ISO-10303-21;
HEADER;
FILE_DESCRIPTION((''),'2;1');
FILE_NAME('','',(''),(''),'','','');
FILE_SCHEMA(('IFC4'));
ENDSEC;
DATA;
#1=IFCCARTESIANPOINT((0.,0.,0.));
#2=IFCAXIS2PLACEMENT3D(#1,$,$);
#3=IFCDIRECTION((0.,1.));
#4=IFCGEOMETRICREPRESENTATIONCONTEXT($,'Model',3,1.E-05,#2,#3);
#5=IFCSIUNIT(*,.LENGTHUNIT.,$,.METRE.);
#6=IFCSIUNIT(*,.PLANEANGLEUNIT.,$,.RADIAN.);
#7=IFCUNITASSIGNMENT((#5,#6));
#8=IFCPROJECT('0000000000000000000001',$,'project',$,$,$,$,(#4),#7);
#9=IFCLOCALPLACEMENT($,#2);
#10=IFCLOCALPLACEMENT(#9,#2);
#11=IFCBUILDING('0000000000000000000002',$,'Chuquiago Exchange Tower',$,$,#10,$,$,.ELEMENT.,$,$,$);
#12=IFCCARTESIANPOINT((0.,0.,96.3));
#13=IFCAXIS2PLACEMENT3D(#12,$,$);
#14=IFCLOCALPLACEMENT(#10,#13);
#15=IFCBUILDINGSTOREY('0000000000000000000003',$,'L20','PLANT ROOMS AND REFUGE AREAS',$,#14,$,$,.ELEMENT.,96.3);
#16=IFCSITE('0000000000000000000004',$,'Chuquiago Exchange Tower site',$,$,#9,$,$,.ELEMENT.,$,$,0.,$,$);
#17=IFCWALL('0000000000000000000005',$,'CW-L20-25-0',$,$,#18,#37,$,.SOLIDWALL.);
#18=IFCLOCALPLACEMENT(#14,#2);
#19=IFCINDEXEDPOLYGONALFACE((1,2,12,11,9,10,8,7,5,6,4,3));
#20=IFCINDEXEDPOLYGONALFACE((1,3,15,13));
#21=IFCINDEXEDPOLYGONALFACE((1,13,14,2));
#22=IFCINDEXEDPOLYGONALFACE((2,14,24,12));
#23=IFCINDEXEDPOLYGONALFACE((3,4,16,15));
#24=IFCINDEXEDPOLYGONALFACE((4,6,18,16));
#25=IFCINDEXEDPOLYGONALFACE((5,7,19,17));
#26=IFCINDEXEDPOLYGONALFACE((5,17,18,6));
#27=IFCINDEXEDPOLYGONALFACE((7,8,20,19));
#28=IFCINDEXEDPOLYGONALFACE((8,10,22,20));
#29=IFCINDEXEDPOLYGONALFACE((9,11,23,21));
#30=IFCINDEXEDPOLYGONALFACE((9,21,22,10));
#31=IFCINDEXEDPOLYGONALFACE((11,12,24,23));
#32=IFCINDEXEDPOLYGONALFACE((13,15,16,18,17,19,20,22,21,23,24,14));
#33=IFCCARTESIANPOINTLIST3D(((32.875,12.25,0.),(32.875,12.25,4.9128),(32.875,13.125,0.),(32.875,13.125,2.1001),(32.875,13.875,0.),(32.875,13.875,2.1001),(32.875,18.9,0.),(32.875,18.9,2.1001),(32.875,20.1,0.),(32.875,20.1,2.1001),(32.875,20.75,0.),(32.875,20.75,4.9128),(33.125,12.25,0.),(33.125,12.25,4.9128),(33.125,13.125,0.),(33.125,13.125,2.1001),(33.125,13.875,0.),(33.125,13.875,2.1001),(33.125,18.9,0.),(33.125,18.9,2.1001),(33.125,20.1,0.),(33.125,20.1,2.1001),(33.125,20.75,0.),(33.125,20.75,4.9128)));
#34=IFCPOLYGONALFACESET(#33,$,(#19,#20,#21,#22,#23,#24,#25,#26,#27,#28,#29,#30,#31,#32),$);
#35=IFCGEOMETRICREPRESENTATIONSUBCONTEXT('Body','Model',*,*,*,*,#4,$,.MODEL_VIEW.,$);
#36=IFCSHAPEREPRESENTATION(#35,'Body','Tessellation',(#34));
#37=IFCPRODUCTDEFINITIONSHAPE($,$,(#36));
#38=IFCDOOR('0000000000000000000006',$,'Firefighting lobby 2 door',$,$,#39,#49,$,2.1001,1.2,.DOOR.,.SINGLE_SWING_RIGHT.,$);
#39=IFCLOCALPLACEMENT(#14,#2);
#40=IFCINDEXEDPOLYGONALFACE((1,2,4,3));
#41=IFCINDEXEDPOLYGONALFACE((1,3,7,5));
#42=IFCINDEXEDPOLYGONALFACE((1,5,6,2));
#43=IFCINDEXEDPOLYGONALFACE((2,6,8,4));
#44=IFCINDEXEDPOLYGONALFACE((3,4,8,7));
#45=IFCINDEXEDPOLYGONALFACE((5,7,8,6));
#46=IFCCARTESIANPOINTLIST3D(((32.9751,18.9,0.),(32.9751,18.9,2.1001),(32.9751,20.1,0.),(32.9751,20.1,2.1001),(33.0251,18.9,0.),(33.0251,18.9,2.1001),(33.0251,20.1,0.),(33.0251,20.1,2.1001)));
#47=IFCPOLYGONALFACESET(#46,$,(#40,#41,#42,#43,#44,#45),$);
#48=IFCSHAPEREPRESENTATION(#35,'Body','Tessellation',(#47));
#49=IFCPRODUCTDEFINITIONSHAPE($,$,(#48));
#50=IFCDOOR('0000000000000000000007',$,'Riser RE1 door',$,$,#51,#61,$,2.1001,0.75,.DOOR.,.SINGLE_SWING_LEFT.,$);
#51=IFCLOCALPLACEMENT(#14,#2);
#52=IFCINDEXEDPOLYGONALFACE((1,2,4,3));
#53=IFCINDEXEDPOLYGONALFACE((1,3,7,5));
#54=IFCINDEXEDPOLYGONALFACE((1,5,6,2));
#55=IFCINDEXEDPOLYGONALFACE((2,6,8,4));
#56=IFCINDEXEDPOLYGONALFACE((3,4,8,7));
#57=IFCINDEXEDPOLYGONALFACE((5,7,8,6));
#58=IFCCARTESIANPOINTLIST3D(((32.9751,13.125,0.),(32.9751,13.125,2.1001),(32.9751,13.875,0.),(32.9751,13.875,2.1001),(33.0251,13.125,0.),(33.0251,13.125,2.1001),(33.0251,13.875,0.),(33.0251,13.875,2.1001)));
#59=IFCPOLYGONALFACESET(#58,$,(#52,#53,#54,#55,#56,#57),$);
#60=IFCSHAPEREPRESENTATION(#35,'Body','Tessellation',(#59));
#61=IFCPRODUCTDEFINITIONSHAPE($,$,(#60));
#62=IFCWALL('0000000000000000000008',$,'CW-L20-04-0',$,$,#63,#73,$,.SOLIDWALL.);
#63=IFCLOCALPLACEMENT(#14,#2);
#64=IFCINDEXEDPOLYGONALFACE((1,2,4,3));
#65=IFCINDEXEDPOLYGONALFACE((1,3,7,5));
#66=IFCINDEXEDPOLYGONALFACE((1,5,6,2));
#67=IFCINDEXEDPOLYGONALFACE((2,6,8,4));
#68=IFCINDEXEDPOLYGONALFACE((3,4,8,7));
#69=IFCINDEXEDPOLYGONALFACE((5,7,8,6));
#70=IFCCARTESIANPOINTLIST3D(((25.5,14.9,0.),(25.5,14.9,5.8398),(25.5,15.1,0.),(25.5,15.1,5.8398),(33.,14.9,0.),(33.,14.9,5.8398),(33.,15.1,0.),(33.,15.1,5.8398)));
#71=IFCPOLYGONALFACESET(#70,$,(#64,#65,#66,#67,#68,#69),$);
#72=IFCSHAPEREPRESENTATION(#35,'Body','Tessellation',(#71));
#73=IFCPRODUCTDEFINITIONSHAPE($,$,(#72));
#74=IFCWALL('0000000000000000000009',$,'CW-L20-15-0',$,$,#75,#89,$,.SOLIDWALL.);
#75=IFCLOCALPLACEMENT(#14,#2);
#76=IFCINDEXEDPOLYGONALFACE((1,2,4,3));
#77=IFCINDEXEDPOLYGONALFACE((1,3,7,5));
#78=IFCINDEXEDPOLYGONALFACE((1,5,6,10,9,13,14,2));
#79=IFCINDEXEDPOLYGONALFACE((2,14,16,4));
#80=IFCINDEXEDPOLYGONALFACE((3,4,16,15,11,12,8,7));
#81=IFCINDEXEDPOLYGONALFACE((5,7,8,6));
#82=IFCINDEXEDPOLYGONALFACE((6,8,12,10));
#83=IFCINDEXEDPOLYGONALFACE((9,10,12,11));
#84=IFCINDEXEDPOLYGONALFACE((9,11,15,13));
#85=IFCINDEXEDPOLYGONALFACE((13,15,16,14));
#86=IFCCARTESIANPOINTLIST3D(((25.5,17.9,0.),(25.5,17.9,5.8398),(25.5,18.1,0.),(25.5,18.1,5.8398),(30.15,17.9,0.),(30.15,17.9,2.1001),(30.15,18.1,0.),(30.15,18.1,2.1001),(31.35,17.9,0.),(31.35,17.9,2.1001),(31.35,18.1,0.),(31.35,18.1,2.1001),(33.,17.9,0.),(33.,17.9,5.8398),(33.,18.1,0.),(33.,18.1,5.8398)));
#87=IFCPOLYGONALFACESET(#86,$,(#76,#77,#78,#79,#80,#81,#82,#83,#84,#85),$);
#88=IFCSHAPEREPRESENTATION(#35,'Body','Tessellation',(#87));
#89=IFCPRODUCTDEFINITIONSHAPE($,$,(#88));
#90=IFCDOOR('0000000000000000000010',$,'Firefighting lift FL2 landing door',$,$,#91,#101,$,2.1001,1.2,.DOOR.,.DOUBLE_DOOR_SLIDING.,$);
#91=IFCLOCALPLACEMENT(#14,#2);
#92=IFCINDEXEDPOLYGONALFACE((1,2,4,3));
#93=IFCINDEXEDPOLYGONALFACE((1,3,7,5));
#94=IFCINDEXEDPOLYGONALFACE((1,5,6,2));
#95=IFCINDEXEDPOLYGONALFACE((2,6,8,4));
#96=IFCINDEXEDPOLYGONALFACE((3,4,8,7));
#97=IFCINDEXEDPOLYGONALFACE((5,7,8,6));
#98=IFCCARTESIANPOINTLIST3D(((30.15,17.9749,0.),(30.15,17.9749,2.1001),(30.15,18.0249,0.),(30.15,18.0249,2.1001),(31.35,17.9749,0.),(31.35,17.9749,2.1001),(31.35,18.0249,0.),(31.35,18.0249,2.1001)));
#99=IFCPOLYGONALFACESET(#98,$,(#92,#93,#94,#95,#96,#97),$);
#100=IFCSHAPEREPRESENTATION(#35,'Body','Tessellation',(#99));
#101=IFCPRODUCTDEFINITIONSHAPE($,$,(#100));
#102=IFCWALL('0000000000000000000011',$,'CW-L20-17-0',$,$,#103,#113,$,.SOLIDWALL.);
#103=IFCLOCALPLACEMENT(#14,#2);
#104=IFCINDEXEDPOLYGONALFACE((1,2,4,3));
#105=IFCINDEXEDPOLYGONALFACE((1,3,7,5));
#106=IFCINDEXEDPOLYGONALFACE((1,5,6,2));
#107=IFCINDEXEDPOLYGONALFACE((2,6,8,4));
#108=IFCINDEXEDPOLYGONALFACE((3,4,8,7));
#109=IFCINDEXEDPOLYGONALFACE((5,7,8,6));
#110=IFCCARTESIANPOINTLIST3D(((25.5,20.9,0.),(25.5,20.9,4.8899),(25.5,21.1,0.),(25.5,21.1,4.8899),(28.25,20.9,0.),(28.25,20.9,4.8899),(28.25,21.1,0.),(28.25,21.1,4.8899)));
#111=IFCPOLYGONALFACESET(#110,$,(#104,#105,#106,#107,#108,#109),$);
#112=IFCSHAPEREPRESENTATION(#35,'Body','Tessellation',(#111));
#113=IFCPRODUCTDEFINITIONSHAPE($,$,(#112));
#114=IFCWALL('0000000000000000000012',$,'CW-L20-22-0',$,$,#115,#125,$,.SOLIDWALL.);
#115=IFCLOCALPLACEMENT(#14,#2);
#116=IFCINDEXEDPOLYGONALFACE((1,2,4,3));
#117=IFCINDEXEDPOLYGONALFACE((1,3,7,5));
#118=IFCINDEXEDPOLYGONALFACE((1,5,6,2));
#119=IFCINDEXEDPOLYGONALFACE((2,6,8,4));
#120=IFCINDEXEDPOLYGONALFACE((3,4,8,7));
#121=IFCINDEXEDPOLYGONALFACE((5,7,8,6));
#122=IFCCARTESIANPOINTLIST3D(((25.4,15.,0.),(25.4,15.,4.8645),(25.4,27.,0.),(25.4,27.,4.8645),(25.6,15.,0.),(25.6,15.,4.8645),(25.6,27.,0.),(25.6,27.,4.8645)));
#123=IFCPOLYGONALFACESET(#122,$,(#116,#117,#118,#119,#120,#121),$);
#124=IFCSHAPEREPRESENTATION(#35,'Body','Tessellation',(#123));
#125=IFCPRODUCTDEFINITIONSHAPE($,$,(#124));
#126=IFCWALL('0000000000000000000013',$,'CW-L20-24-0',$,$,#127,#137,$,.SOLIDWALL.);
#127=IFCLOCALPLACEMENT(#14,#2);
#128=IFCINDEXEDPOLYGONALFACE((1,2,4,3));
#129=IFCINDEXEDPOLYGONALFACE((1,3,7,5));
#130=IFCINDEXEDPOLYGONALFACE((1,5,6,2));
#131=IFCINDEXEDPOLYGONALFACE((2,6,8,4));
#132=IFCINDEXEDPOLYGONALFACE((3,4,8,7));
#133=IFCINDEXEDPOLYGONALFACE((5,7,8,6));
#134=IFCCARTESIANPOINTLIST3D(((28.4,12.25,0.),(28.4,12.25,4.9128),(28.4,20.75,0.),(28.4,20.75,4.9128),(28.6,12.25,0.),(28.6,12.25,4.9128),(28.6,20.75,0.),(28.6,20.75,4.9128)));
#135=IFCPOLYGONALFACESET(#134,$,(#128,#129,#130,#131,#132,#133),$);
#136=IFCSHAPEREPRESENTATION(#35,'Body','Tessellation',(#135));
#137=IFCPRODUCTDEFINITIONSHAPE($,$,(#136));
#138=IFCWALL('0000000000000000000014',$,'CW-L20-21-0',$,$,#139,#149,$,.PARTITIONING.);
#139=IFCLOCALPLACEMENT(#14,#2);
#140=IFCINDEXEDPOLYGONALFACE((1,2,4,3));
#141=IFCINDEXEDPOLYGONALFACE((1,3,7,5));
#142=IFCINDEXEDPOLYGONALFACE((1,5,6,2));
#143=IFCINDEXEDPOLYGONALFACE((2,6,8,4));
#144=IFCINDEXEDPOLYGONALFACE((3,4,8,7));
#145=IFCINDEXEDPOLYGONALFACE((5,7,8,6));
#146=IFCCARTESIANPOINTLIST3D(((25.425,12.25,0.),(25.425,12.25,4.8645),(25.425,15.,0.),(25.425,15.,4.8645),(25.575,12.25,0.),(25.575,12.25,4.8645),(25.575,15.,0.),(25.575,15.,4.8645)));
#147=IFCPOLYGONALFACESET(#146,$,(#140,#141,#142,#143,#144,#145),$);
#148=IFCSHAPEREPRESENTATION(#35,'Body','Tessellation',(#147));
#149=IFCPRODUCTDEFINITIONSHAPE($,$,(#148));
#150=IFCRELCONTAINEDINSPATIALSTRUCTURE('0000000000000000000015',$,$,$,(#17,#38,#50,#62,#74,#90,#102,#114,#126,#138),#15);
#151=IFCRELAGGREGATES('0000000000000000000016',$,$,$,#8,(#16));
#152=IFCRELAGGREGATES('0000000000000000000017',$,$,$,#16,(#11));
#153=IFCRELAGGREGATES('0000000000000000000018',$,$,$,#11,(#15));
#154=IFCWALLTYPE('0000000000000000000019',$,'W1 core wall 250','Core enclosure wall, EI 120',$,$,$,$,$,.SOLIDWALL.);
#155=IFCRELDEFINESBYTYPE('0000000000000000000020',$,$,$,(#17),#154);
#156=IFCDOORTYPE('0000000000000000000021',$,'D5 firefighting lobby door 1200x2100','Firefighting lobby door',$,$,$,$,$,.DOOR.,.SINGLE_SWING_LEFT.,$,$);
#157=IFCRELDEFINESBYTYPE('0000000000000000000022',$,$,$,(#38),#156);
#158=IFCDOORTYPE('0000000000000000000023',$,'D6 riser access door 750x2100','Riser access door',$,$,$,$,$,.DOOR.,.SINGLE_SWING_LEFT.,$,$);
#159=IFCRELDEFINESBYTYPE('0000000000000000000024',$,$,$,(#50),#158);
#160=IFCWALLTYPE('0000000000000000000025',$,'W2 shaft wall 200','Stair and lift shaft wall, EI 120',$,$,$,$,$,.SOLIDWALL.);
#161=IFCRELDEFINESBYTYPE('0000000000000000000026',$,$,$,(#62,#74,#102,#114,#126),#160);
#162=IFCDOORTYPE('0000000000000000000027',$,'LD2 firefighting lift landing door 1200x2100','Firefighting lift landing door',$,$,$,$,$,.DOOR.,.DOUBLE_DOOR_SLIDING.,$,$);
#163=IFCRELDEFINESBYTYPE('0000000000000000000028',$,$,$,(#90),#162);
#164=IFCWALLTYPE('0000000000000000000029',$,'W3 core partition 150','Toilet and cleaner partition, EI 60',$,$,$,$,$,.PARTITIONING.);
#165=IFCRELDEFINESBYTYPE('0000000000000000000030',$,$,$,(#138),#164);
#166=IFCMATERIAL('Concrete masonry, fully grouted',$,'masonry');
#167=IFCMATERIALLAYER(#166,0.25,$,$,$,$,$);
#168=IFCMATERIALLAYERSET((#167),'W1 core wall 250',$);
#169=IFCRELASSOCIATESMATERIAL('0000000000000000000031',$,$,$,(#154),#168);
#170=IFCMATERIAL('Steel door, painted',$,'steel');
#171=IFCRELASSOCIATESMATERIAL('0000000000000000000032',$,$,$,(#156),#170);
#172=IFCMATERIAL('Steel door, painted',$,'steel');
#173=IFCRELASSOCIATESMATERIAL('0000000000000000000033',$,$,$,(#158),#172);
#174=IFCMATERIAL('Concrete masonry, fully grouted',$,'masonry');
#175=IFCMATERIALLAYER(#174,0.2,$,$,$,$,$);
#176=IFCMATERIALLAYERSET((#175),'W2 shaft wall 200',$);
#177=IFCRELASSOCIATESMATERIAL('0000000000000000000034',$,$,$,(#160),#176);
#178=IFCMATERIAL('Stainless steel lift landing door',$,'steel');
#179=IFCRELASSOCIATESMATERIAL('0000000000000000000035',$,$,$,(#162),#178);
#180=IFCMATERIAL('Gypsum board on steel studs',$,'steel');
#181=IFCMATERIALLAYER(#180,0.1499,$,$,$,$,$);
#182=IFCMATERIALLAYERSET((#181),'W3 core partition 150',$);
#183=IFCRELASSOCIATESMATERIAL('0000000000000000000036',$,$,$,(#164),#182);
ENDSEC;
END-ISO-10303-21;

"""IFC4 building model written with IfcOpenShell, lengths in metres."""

from ifc_helpers import new_model, si_unit, direction, frame, frame_2d, origin, place, context, subcontext, project, spatial, rectangle, extrude, material, layer, layer_set, type_object, element, fill, save


model = new_model("IFC4")

# Units and contexts
model_context = context("Model", 3, precision=1e-05, world=origin(), true_north=direction((0.0, 1.0)))
body_context = subcontext(model_context, "Body", "Model", "MODEL_VIEW")
ifc_project = project(units=[si_unit("LENGTHUNIT", "METRE"), si_unit("PLANEANGLEUNIT", "RADIAN")], contexts=[model_context])

# Site, building, storey
site_placement = place(None, origin())
site = spatial("IfcSite", under=ifc_project, at=site_placement, Name="Chuquiago Exchange Tower site", CompositionType="ELEMENT", RefElevation=0.0)
building_placement = place(site_placement, origin())
building = spatial("IfcBuilding", under=site, at=building_placement, Name="Chuquiago Exchange Tower", CompositionType="ELEMENT")
storey_placement = place(building_placement, frame((0.0, 0.0, 96.3)))
storey = spatial("IfcBuildingStorey", under=building, at=storey_placement, Name="L20", Description="PLANT ROOMS AND REFUGE AREAS", CompositionType="ELEMENT", Elevation=96.3)

# Shared definitions
ifc_material_1 = material(Name="Concrete masonry, fully grouted", Category="masonry")
ifc_layer_1 = layer(ifc_material_1, 0.25)
ifc_layer_set_1 = layer_set([ifc_layer_1], Name="W1 core wall 250")
wall_type_1 = type_object("IfcWallType", Name="W1 core wall 250", Description="Core enclosure wall, EI 120", PredefinedType="SOLIDWALL", material=ifc_layer_set_1)

# Wall, openings, doors
wall_1_placement = place(storey_placement, frame((33.0, 12.25, 0.0), z_axis=(0.0, 0.0, 1.0), x_axis=(0.0, 1.0, 0.0)))
wall_1 = element("IfcWall", 1, at=wall_1_placement, inside=storey, type_object=wall_type_1, Name="CW-L20-25-0", PredefinedType="SOLIDWALL", context=body_context, shape_type="SweptSolid", body=[
    extrude(rectangle(XDim=8.5, YDim=0.25, at=frame_2d((4.25, 0.0))), origin(), (0.0, 0.0, 1.0), 4.9128),
])
opening_1_placement = place(wall_1_placement, frame((6.6499, 0.0, 0.0)))
opening_1 = element("IfcOpeningElement", 2, at=opening_1_placement, cuts=wall_1, PredefinedType="OPENING", context=body_context, shape_type="SweptSolid", body=[
    extrude(rectangle(XDim=1.2, YDim=2.1001, at=frame_2d((0.6001, 1.05))), frame((0.0, 0.135, 0.0), z_axis=(0.0, -1.0, 0.0), x_axis=(1.0, 0.0, 0.0)), (0.0, 0.0, 1.0), 0.27),
])
opening_2_placement = place(wall_1_placement, frame((0.875, 0.0, 0.0)))
opening_2 = element("IfcOpeningElement", 3, at=opening_2_placement, cuts=wall_1, PredefinedType="OPENING", context=body_context, shape_type="SweptSolid", body=[
    extrude(rectangle(XDim=0.75, YDim=2.1001, at=frame_2d((0.375, 1.05))), frame((0.0, 0.135, 0.0), z_axis=(0.0, -1.0, 0.0), x_axis=(1.0, 0.0, 0.0)), (0.0, 0.0, 1.0), 0.27),
])
ifc_material_2 = material(Name="Steel door, painted", Category="steel")
door_type_1 = type_object("IfcDoorType", Name="D5 firefighting lobby door 1200x2100", Description="Firefighting lobby door", OperationType="SINGLE_SWING_LEFT", PredefinedType="DOOR", material=ifc_material_2)
door_1_placement = place(opening_1_placement, origin())
door_1 = element("IfcDoor", 4, at=door_1_placement, inside=storey, type_object=door_type_1, Name="Firefighting lobby 2 door", OperationType="SINGLE_SWING_RIGHT", OverallHeight=2.1001, OverallWidth=1.2, PredefinedType="DOOR", context=body_context, shape_type="SweptSolid", body=[
    extrude(rectangle(XDim=1.2, YDim=2.1001, at=frame_2d((0.6001, 1.05))), frame((0.0, 0.0249, 0.0), z_axis=(0.0, -1.0, 0.0), x_axis=(1.0, 0.0, 0.0)), (0.0, 0.0, 1.0), 0.05),
])
fill(opening_1, door_1)
ifc_material_3 = material(Name="Steel door, painted", Category="steel")
door_type_2 = type_object("IfcDoorType", Name="D6 riser access door 750x2100", Description="Riser access door", OperationType="SINGLE_SWING_LEFT", PredefinedType="DOOR", material=ifc_material_3)
door_2_placement = place(opening_2_placement, origin())
door_2 = element("IfcDoor", 5, at=door_2_placement, inside=storey, type_object=door_type_2, Name="Riser RE1 door", OperationType="SINGLE_SWING_LEFT", OverallHeight=2.1001, OverallWidth=0.75, PredefinedType="DOOR", context=body_context, shape_type="SweptSolid", body=[
    extrude(rectangle(XDim=0.75, YDim=2.1001, at=frame_2d((0.375, 1.05))), frame((0.0, 0.0249, 0.0), z_axis=(0.0, -1.0, 0.0), x_axis=(1.0, 0.0, 0.0)), (0.0, 0.0, 1.0), 0.05),
])
fill(opening_2, door_2)

# Wall
ifc_material_4 = material(Name="Concrete masonry, fully grouted", Category="masonry")
ifc_layer_2 = layer(ifc_material_4, 0.2)
ifc_layer_set_2 = layer_set([ifc_layer_2], Name="W2 shaft wall 200")
wall_type_2 = type_object("IfcWallType", Name="W2 shaft wall 200", Description="Stair and lift shaft wall, EI 120", PredefinedType="SOLIDWALL", material=ifc_layer_set_2)
wall_2_placement = place(storey_placement, frame((25.5, 15.0, 0.0), z_axis=(0.0, 0.0, 1.0), x_axis=(1.0, 0.0, 0.0)))
element("IfcWall", 6, at=wall_2_placement, inside=storey, type_object=wall_type_2, Name="CW-L20-04-0", PredefinedType="SOLIDWALL", context=body_context, shape_type="SweptSolid", body=[
    extrude(rectangle(XDim=7.5, YDim=0.2, at=frame_2d((3.75, 0.0))), origin(), (0.0, 0.0, 1.0), 5.8398),
])

# Wall, opening, door
wall_3_placement = place(storey_placement, frame((25.5, 18.0, 0.0), z_axis=(0.0, 0.0, 1.0), x_axis=(1.0, 0.0, 0.0)))
wall_3 = element("IfcWall", 7, at=wall_3_placement, inside=storey, type_object=wall_type_2, Name="CW-L20-15-0", PredefinedType="SOLIDWALL", context=body_context, shape_type="SweptSolid", body=[
    extrude(rectangle(XDim=7.5, YDim=0.2, at=frame_2d((3.75, 0.0))), origin(), (0.0, 0.0, 1.0), 5.8398),
])
opening_3_placement = place(wall_3_placement, frame((4.6499, 0.0, 0.0)))
opening_3 = element("IfcOpeningElement", 8, at=opening_3_placement, cuts=wall_3, PredefinedType="OPENING", context=body_context, shape_type="SweptSolid", body=[
    extrude(rectangle(XDim=1.2, YDim=2.1001, at=frame_2d((0.6001, 1.05))), frame((0.0, 0.1099, 0.0), z_axis=(0.0, -1.0, 0.0), x_axis=(1.0, 0.0, 0.0)), (0.0, 0.0, 1.0), 0.22),
])
ifc_material_5 = material(Name="Stainless steel lift landing door", Category="steel")
door_type_3 = type_object("IfcDoorType", Name="LD2 firefighting lift landing door 1200x2100", Description="Firefighting lift landing door", OperationType="DOUBLE_DOOR_SLIDING", PredefinedType="DOOR", material=ifc_material_5)
door_3_placement = place(opening_3_placement, origin())
door_3 = element("IfcDoor", 9, at=door_3_placement, inside=storey, type_object=door_type_3, Name="Firefighting lift FL2 landing door", OperationType="DOUBLE_DOOR_SLIDING", OverallHeight=2.1001, OverallWidth=1.2, PredefinedType="DOOR", context=body_context, shape_type="SweptSolid", body=[
    extrude(rectangle(XDim=1.2, YDim=2.1001, at=frame_2d((0.6001, 1.05))), frame((0.0, 0.0249, 0.0), z_axis=(0.0, -1.0, 0.0), x_axis=(1.0, 0.0, 0.0)), (0.0, 0.0, 1.0), 0.05),
])
fill(opening_3, door_3)

# Walls
wall_4_placement = place(storey_placement, frame((25.5, 21.0, 0.0), z_axis=(0.0, 0.0, 1.0), x_axis=(1.0, 0.0, 0.0)))
element("IfcWall", 10, at=wall_4_placement, inside=storey, type_object=wall_type_2, Name="CW-L20-17-0", PredefinedType="SOLIDWALL", context=body_context, shape_type="SweptSolid", body=[
    extrude(rectangle(XDim=2.75, YDim=0.2, at=frame_2d((1.375, 0.0))), origin(), (0.0, 0.0, 1.0), 4.8899),
])
wall_5_placement = place(storey_placement, frame((25.5, 15.0, 0.0), z_axis=(0.0, 0.0, 1.0), x_axis=(0.0, 1.0, 0.0)))
element("IfcWall", 11, at=wall_5_placement, inside=storey, type_object=wall_type_2, Name="CW-L20-22-0", PredefinedType="SOLIDWALL", context=body_context, shape_type="SweptSolid", body=[
    extrude(rectangle(XDim=12.0, YDim=0.2, at=frame_2d((6.0, 0.0))), origin(), (0.0, 0.0, 1.0), 4.8645),
])
wall_6_placement = place(storey_placement, frame((28.5, 12.25, 0.0), z_axis=(0.0, 0.0, 1.0), x_axis=(0.0, 1.0, 0.0)))
element("IfcWall", 12, at=wall_6_placement, inside=storey, type_object=wall_type_2, Name="CW-L20-24-0", PredefinedType="SOLIDWALL", context=body_context, shape_type="SweptSolid", body=[
    extrude(rectangle(XDim=8.5, YDim=0.2, at=frame_2d((4.25, 0.0))), origin(), (0.0, 0.0, 1.0), 4.9128),
])
ifc_material_6 = material(Name="Gypsum board on steel studs", Category="steel")
ifc_layer_3 = layer(ifc_material_6, 0.1499)
ifc_layer_set_3 = layer_set([ifc_layer_3], Name="W3 core partition 150")
wall_type_3 = type_object("IfcWallType", Name="W3 core partition 150", Description="Toilet and cleaner partition, EI 60", PredefinedType="PARTITIONING", material=ifc_layer_set_3)
wall_7_placement = place(storey_placement, frame((25.5, 12.25, 0.0), z_axis=(0.0, 0.0, 1.0), x_axis=(0.0, 1.0, 0.0)))
element("IfcWall", 13, at=wall_7_placement, inside=storey, type_object=wall_type_3, Name="CW-L20-21-0", PredefinedType="PARTITIONING", context=body_context, shape_type="SweptSolid", body=[
    extrude(rectangle(XDim=2.75, YDim=0.1499, at=frame_2d((1.375, 0.0))), origin(), (0.0, 0.0, 1.0), 4.8645),
])

save(model, "model.ifc")
